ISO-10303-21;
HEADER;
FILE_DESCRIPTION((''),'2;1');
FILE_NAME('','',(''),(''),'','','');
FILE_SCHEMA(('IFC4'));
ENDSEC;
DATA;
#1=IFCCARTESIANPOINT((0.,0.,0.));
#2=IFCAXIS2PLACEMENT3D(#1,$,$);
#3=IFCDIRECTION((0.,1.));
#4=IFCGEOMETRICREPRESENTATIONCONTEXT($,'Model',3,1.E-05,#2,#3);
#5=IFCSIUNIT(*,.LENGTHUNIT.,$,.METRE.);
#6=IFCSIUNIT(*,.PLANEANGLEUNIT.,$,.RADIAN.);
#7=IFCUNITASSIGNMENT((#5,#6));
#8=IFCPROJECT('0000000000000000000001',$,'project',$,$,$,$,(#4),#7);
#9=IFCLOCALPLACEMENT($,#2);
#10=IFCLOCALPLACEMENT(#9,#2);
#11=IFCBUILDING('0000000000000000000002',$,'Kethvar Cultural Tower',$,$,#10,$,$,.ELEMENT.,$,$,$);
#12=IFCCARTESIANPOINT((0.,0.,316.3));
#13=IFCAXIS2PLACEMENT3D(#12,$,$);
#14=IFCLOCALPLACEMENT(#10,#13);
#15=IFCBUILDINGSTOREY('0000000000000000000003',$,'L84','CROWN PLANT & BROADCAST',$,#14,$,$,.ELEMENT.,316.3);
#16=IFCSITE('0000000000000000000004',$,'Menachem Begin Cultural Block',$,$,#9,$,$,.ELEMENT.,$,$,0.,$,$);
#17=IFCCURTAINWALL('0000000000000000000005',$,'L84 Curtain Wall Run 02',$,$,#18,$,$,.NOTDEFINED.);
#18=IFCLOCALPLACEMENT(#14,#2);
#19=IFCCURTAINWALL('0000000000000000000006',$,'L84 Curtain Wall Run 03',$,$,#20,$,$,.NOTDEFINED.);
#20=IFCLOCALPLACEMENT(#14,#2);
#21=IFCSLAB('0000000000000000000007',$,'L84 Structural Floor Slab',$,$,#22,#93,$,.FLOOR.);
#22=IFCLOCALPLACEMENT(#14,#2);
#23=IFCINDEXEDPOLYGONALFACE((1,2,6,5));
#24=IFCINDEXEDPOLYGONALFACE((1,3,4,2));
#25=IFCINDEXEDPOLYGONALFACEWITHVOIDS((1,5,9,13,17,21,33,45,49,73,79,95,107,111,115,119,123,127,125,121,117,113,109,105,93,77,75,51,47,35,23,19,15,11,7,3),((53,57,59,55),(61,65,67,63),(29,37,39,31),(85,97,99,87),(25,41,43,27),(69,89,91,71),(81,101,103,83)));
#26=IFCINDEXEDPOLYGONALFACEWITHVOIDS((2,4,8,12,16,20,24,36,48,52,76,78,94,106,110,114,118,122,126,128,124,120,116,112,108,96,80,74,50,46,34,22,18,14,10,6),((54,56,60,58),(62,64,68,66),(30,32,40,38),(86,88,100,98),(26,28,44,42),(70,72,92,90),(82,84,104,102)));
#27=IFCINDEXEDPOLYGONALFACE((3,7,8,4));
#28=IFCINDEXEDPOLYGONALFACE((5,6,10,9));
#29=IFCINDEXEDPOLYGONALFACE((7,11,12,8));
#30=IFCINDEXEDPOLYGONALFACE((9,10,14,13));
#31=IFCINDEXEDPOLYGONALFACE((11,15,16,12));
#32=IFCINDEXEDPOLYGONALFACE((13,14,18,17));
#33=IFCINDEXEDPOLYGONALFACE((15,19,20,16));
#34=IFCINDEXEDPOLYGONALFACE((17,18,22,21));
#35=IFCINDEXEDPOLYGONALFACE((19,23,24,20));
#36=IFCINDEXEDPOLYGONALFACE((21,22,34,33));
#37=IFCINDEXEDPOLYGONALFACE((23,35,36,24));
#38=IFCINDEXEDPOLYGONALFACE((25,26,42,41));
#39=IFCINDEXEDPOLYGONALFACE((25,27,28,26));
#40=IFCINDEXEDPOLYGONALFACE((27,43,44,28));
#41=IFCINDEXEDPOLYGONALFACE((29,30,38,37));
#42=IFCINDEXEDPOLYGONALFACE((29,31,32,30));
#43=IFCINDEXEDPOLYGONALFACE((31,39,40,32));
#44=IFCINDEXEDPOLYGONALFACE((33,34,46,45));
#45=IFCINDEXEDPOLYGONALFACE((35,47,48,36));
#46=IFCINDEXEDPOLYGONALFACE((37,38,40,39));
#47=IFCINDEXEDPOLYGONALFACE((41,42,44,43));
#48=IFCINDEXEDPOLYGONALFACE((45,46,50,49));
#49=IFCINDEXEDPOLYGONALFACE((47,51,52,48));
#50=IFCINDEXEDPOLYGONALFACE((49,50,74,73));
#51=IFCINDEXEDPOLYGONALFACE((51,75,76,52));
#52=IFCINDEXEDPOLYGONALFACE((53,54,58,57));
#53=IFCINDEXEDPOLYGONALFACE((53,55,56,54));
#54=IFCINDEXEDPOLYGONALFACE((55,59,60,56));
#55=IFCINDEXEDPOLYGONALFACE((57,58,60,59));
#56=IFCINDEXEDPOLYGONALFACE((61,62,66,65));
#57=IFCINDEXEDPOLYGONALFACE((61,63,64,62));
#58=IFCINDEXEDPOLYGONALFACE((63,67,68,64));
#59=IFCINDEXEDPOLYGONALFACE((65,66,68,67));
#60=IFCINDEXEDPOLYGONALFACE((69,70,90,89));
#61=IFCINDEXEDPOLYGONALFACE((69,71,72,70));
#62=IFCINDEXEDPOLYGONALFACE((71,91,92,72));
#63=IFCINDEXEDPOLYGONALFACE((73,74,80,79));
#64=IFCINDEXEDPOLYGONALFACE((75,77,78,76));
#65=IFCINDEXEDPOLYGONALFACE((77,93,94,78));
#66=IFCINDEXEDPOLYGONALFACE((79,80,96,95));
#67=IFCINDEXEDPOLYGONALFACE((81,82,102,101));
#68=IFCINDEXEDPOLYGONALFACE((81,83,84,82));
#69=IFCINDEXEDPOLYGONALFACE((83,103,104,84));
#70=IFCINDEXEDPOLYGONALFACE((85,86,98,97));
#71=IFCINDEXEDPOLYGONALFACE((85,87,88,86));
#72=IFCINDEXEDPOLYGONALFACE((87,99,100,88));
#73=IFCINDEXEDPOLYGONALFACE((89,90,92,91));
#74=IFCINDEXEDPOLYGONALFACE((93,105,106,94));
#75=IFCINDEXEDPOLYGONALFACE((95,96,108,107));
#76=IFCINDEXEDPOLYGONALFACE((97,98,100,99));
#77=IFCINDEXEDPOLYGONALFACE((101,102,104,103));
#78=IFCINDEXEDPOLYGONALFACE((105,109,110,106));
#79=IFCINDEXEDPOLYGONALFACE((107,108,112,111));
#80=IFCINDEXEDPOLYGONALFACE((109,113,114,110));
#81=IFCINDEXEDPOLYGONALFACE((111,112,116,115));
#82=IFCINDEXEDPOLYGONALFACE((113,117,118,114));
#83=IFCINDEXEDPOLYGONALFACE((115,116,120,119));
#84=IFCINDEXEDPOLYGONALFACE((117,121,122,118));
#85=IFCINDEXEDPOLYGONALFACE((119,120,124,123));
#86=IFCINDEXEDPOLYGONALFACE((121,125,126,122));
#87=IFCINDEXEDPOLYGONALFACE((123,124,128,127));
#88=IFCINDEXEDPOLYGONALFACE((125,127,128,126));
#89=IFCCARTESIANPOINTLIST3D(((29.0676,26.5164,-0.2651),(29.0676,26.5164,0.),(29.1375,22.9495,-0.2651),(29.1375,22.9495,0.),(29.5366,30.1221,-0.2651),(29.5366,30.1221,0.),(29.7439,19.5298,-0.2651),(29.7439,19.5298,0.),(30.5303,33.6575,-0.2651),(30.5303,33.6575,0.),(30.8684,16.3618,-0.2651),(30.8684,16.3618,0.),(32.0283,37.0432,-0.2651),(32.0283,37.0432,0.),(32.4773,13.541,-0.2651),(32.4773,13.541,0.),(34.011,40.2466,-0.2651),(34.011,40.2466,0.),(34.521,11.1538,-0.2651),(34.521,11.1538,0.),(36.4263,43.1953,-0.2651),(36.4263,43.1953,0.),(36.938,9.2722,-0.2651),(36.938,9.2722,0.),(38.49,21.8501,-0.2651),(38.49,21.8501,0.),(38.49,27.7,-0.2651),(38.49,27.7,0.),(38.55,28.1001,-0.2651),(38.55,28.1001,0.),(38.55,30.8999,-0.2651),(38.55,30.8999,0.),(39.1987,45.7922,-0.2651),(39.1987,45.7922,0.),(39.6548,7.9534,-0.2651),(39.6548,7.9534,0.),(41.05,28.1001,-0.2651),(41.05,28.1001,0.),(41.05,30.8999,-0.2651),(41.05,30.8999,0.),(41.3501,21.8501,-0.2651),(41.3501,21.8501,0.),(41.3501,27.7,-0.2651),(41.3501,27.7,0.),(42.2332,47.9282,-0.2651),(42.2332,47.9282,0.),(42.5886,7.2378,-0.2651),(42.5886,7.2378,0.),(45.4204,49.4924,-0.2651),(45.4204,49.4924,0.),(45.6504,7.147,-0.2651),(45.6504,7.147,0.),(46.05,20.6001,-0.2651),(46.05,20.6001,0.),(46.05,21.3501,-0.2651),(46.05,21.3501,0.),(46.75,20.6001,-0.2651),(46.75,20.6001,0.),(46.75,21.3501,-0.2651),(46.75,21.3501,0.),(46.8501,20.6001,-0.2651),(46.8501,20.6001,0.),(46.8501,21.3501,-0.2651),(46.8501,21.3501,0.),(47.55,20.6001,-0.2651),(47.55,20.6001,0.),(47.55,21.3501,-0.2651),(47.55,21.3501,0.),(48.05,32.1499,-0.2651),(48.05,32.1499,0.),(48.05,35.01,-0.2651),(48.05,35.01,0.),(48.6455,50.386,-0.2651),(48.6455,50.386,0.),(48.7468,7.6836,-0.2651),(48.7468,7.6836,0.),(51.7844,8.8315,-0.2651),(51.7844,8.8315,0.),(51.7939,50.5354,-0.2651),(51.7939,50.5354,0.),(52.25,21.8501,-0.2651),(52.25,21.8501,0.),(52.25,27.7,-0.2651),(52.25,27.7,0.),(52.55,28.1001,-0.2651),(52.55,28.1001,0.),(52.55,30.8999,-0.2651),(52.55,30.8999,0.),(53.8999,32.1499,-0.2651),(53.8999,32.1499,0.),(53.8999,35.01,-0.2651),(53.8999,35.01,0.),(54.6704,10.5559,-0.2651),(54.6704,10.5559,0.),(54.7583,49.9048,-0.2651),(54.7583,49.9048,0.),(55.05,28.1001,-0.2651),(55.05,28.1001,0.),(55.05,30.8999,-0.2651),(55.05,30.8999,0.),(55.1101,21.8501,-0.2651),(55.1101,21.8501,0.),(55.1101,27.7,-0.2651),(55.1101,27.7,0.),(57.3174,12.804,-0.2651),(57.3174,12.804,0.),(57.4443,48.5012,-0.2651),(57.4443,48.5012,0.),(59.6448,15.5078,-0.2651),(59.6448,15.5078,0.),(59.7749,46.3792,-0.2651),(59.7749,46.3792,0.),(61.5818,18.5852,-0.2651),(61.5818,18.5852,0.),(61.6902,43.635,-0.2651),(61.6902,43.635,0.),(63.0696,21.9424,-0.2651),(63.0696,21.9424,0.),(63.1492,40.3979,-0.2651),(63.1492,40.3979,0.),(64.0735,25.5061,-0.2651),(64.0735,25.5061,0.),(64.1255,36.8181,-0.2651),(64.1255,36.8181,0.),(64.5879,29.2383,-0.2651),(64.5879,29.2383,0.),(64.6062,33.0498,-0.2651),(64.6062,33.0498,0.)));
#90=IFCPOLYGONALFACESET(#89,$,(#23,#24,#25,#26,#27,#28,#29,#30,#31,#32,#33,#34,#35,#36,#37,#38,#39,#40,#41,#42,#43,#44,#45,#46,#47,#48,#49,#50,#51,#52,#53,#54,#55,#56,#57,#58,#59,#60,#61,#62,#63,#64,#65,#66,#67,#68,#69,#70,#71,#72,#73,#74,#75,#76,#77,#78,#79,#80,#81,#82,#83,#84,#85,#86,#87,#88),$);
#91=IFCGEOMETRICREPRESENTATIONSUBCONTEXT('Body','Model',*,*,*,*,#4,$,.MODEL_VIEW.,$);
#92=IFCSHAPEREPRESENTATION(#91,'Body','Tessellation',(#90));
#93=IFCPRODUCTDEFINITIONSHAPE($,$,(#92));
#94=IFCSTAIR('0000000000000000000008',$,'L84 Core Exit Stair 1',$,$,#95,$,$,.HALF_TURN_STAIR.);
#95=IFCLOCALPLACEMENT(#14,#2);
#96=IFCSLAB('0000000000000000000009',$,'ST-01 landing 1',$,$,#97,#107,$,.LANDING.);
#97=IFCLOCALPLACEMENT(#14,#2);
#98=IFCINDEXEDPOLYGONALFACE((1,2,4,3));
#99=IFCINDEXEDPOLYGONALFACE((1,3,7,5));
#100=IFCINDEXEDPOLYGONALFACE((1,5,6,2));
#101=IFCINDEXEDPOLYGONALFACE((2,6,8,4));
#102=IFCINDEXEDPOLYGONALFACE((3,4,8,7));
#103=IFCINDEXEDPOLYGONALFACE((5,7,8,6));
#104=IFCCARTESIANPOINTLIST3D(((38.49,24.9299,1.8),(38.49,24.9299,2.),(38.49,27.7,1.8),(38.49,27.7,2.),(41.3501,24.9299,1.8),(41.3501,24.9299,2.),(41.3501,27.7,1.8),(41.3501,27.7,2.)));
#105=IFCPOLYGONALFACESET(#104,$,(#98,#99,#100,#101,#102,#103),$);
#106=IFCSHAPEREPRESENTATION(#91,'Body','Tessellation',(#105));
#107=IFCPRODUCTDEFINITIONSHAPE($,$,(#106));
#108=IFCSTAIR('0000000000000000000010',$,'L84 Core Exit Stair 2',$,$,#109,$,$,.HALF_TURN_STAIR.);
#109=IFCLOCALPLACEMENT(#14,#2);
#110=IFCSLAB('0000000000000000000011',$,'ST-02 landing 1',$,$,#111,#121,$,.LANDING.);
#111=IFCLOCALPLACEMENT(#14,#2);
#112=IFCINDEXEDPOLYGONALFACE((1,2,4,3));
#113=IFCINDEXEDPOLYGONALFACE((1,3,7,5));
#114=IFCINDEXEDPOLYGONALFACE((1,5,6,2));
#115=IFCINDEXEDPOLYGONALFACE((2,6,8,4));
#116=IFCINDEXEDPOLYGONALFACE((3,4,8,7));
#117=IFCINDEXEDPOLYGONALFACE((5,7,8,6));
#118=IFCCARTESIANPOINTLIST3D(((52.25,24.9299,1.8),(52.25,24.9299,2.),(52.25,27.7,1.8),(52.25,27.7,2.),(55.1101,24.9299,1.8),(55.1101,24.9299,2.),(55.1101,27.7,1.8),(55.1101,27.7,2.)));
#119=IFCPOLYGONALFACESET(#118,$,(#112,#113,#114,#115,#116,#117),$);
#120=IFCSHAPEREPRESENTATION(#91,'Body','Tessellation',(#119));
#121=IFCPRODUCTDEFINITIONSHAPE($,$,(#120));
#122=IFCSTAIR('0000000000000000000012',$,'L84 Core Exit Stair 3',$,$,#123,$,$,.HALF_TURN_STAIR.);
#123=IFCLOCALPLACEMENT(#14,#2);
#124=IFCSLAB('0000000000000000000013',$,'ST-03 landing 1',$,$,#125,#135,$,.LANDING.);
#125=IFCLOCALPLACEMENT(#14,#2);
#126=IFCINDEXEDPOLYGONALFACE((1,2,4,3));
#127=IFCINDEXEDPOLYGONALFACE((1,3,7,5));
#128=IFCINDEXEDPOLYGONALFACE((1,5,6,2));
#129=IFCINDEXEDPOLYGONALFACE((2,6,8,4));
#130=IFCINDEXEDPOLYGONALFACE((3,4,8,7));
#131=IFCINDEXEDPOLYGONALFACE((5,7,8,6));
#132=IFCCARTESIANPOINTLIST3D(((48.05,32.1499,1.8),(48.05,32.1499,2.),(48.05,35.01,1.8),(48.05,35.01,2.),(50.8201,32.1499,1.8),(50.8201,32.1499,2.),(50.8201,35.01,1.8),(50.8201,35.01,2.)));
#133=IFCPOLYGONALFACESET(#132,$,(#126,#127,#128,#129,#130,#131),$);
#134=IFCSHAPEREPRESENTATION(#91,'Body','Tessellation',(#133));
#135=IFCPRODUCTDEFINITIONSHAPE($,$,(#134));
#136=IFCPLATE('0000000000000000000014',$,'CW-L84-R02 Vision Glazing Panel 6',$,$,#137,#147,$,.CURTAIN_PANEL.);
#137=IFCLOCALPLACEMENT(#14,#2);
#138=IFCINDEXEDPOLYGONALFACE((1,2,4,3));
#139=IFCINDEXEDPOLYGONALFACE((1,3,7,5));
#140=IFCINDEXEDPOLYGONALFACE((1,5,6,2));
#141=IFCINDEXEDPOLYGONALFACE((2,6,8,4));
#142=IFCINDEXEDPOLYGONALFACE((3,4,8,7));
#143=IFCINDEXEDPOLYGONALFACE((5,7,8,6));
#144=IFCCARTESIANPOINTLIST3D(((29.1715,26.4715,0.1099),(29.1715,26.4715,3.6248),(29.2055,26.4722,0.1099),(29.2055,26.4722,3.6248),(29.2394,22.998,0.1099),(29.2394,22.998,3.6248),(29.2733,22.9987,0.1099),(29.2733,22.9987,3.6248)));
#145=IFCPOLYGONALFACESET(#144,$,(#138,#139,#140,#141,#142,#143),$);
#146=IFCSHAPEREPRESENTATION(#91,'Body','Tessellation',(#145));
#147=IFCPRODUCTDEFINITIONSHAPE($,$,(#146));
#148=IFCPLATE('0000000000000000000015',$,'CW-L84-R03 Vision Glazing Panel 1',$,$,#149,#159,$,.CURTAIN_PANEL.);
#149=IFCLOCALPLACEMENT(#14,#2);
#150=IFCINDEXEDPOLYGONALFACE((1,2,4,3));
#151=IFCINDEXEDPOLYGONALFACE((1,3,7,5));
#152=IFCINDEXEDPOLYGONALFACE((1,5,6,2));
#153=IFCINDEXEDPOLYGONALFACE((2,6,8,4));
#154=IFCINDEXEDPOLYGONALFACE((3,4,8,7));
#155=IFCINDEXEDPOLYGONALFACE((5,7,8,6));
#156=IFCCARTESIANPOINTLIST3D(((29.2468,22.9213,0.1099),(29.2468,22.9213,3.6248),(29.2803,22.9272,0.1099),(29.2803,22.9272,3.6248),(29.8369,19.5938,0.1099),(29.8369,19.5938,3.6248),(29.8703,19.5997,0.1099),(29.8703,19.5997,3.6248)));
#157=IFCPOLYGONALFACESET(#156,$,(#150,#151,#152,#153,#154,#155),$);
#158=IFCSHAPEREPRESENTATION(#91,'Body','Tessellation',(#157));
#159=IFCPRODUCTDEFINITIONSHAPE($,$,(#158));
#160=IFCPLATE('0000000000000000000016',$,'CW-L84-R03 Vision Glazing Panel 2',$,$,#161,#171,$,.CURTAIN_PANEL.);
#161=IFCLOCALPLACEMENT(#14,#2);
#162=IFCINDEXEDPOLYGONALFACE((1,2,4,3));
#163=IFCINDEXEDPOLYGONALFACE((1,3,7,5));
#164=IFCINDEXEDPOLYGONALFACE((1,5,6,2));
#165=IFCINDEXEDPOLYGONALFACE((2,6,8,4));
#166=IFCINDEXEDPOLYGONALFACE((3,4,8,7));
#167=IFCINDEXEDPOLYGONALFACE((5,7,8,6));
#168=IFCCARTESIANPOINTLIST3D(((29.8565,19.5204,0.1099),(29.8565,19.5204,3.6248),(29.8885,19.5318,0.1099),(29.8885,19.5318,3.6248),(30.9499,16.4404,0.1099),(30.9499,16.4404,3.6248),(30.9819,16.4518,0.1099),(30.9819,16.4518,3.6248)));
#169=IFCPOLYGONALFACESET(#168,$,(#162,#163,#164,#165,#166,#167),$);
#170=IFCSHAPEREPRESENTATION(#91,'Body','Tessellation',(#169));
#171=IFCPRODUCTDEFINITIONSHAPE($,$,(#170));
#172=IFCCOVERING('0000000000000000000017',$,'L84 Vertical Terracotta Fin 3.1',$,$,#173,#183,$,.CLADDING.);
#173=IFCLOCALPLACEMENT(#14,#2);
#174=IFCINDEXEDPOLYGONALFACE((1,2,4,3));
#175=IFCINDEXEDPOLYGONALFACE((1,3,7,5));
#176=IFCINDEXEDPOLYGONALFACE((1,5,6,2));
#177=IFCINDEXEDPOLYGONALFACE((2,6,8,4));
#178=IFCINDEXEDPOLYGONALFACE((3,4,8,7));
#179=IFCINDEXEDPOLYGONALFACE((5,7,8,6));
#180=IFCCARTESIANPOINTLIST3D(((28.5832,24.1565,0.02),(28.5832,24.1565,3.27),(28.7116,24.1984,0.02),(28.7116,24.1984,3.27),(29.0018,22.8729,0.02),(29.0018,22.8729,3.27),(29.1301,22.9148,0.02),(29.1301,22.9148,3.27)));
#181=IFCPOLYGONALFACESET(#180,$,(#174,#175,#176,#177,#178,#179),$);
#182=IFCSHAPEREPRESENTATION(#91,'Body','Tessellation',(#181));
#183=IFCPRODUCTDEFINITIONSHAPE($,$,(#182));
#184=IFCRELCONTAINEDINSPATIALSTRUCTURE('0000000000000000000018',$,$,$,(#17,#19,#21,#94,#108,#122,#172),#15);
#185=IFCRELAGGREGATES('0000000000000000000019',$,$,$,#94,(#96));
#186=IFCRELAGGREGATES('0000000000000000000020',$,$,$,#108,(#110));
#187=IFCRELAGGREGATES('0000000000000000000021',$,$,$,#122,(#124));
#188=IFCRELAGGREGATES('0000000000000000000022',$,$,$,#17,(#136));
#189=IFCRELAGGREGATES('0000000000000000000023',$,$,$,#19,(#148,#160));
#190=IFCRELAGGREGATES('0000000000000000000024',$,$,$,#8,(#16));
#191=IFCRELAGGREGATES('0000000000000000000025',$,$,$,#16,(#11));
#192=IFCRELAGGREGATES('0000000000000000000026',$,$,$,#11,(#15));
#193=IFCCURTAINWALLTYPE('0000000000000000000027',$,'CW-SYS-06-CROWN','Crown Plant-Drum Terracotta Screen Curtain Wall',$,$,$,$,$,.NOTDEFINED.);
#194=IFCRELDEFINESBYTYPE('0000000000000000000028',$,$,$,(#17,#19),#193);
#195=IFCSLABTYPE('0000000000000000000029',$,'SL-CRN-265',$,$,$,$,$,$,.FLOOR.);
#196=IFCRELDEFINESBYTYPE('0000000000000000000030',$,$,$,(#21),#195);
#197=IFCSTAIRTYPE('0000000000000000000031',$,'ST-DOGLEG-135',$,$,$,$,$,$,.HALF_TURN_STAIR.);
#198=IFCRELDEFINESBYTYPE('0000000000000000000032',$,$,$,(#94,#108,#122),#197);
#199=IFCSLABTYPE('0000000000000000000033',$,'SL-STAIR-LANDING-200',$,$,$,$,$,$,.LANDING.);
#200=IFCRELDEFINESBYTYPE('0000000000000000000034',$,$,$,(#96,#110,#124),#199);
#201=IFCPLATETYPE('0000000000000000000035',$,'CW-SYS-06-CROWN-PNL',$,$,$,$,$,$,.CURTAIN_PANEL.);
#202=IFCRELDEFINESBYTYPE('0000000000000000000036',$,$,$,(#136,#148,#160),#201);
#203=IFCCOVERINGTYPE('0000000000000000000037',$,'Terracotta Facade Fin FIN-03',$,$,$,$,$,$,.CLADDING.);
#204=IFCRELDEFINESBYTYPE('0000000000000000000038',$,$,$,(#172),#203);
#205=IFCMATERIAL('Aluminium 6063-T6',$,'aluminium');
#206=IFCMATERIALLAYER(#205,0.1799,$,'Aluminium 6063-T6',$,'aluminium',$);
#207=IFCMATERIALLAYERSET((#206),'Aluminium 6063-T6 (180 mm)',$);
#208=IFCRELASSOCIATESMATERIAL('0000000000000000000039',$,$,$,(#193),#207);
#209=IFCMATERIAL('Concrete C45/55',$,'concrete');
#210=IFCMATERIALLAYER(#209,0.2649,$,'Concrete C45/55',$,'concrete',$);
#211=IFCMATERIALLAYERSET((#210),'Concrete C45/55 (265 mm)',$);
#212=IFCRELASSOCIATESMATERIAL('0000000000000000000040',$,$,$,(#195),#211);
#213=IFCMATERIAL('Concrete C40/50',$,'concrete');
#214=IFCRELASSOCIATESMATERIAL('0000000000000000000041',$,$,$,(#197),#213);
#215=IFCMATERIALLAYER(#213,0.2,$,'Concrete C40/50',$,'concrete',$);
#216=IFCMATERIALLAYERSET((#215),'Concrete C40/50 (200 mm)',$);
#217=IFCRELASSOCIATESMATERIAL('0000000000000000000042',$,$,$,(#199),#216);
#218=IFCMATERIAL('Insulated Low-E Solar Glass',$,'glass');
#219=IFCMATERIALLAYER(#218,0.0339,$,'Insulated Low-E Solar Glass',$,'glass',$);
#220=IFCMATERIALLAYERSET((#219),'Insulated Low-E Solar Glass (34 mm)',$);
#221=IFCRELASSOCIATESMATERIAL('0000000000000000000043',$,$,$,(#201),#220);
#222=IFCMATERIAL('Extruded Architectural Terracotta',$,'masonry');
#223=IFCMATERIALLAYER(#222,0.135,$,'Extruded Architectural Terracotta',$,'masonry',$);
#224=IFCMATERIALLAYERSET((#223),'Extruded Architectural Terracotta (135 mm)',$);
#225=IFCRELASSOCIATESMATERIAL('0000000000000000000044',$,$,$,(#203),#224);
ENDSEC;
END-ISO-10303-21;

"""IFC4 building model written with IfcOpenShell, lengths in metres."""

from ifc_helpers import new_model, si_unit, direction, frame, origin, origin_2d, place, context, subcontext, project, spatial, polyline, rectangle, outline, extrude, source, transform, mapped, material, layer, layer_set, type_object, element, aggregate, save


model = new_model("IFC4")

# Units and contexts
model_context = context("Model", 3, precision=1e-05, world=origin(), true_north=direction((0.0, 1.0)))
body_context = subcontext(model_context, "Body", "Model", "MODEL_VIEW")
ifc_project = project(units=[si_unit("LENGTHUNIT", "METRE"), si_unit("PLANEANGLEUNIT", "RADIAN")], contexts=[model_context])

# Site, building, storey
site_placement = place(None, origin())
site = spatial("IfcSite", under=ifc_project, at=site_placement, Name="Menachem Begin Cultural Block", CompositionType="ELEMENT", RefElevation=0.0)
building_placement = place(site_placement, origin())
building = spatial("IfcBuilding", under=site, at=building_placement, Name="Kethvar Cultural Tower", CompositionType="ELEMENT")
storey_placement = place(building_placement, frame((0.0, 0.0, 316.3)))
storey = spatial("IfcBuildingStorey", under=building, at=storey_placement, Name="L84", Description="CROWN PLANT & BROADCAST", CompositionType="ELEMENT", Elevation=316.3)

# Curtain wall
ifc_material_1 = material(Name="Aluminium 6063-T6", Category="aluminium")
ifc_layer_1 = layer(ifc_material_1, 0.1799, Name="Aluminium 6063-T6", Category="aluminium")
ifc_layer_set_1 = layer_set([ifc_layer_1], Name="Aluminium 6063-T6 (180 mm)")
curtain_wall_type = type_object("IfcCurtainWallType", Name="CW-SYS-06-CROWN", Description="Crown Plant-Drum Terracotta Screen Curtain Wall", PredefinedType="NOTDEFINED", material=ifc_layer_set_1)
curtain_wall_1_placement = place(storey_placement, origin())
curtain_wall_1 = element("IfcCurtainWall", 1, at=curtain_wall_1_placement, inside=storey, type_object=curtain_wall_type, Name="L84 Curtain Wall Run 02", PredefinedType="NOTDEFINED")

# Curtain wall
curtain_wall_2_placement = place(storey_placement, origin())
curtain_wall_2 = element("IfcCurtainWall", 2, at=curtain_wall_2_placement, inside=storey, type_object=curtain_wall_type, Name="L84 Curtain Wall Run 03", PredefinedType="NOTDEFINED")

# Slab
ifc_material_2 = material(Name="Concrete C45/55", Category="concrete")
ifc_layer_2 = layer(ifc_material_2, 0.2649, Name="Concrete C45/55", Category="concrete")
ifc_layer_set_2 = layer_set([ifc_layer_2], Name="Concrete C45/55 (265 mm)")
slab_type_1 = type_object("IfcSlabType", Name="SL-CRN-265", PredefinedType="FLOOR", material=ifc_layer_set_2)
slab_1_placement = place(storey_placement, frame((0.0, 0.0, -0.2651)))
element("IfcSlab", 3, at=slab_1_placement, inside=storey, type_object=slab_type_1, Name="L84 Structural Floor Slab", PredefinedType="FLOOR", context=body_context, shape_type="SweptSolid", body=[
    extrude(outline(polyline([(54.7583, 49.9048), (51.7939, 50.5354), (48.6455, 50.386), (45.4204, 49.4924), (42.2332, 47.9282), (39.1987, 45.7922), (36.4263, 43.1953), (34.011, 40.2466), (32.0283, 37.0432), (30.5303, 33.6575), (29.5366, 30.1221), (29.0676, 26.5164), (29.1375, 22.9495), (29.7439, 19.5298), (30.8684, 16.3618), (32.4773, 13.541), (34.521, 11.1538), (36.938, 9.2722), (39.6548, 7.9534), (42.5886, 7.2378), (45.6504, 7.147), (48.7468, 7.6836), (51.7844, 8.8315), (54.6704, 10.5559), (57.3174, 12.804), (59.6448, 15.5078), (61.5818, 18.5852), (63.0696, 21.9424), (64.0735, 25.5061), (64.5879, 29.2383), (64.6062, 33.0498), (64.1255, 36.8181), (63.1492, 40.3979), (61.6902, 43.635), (59.7749, 46.3792), (57.4443, 48.5012), (54.7583, 49.9048)]), holes=[polyline([(38.49, 21.8501), (38.49, 27.7), (41.3501, 27.7), (41.3501, 21.8501), (38.49, 21.8501)]), polyline([(52.25, 21.8501), (52.25, 27.7), (55.1101, 27.7), (55.1101, 21.8501), (52.25, 21.8501)]), polyline([(53.8999, 32.1499), (48.05, 32.1499), (48.05, 35.01), (53.8999, 35.01), (53.8999, 32.1499)]), polyline([(38.55, 30.8999), (41.05, 30.8999), (41.05, 28.1001), (38.55, 28.1001), (38.55, 30.8999)]), polyline([(52.55, 30.8999), (55.05, 30.8999), (55.05, 28.1001), (52.55, 28.1001), (52.55, 30.8999)]), polyline([(46.05, 21.3501), (46.75, 21.3501), (46.75, 20.6001), (46.05, 20.6001), (46.05, 21.3501)]), polyline([(46.8501, 21.3501), (47.55, 21.3501), (47.55, 20.6001), (46.8501, 20.6001), (46.8501, 21.3501)])]), origin(), (0.0, 0.0, 1.0), 0.2651),
])

# Stairs, slabs
ifc_material_3 = material(Name="Concrete C40/50", Category="concrete")
stair_type = type_object("IfcStairType", Name="ST-DOGLEG-135", PredefinedType="HALF_TURN_STAIR", material=ifc_material_3)
stair_1_placement = place(storey_placement, origin())
stair_1 = element("IfcStair", 4, at=stair_1_placement, inside=storey, type_object=stair_type, Name="L84 Core Exit Stair 1", PredefinedType="HALF_TURN_STAIR")
ifc_layer_3 = layer(ifc_material_3, 0.2, Name="Concrete C40/50", Category="concrete")
ifc_layer_set_3 = layer_set([ifc_layer_3], Name="Concrete C40/50 (200 mm)")
slab_type_2 = type_object("IfcSlabType", Name="SL-STAIR-LANDING-200", PredefinedType="LANDING", material=ifc_layer_set_3)
slab_2_placement = place(storey_placement, frame((0.0, 0.0, 1.8)))
slab_2 = element("IfcSlab", 5, at=slab_2_placement, type_object=slab_type_2, Name="ST-01 landing 1", PredefinedType="LANDING", context=body_context, shape_type="SweptSolid", body=[
    extrude(outline(polyline([(41.3501, 24.9299), (41.3501, 27.7), (38.49, 27.7), (38.49, 24.9299), (41.3501, 24.9299)])), origin(), (0.0, 0.0, 1.0), 0.2),
])
aggregate(stair_1, [slab_2])
stair_2_placement = place(storey_placement, origin())
stair_2 = element("IfcStair", 6, at=stair_2_placement, inside=storey, type_object=stair_type, Name="L84 Core Exit Stair 2", PredefinedType="HALF_TURN_STAIR")
slab_3_placement = place(storey_placement, frame((0.0, 0.0, 1.8)))
slab_3 = element("IfcSlab", 7, at=slab_3_placement, type_object=slab_type_2, Name="ST-02 landing 1", PredefinedType="LANDING", context=body_context, shape_type="SweptSolid", body=[
    extrude(outline(polyline([(55.1101, 24.9299), (55.1101, 27.7), (52.25, 27.7), (52.25, 24.9299), (55.1101, 24.9299)])), origin(), (0.0, 0.0, 1.0), 0.2),
])
aggregate(stair_2, [slab_3])
stair_3_placement = place(storey_placement, origin())
stair_3 = element("IfcStair", 8, at=stair_3_placement, inside=storey, type_object=stair_type, Name="L84 Core Exit Stair 3", PredefinedType="HALF_TURN_STAIR")
slab_4_placement = place(storey_placement, frame((0.0, 0.0, 1.8)))
slab_4 = element("IfcSlab", 9, at=slab_4_placement, type_object=slab_type_2, Name="ST-03 landing 1", PredefinedType="LANDING", context=body_context, shape_type="SweptSolid", body=[
    extrude(outline(polyline([(50.8201, 35.01), (48.05, 35.01), (48.05, 32.1499), (50.8201, 32.1499), (50.8201, 35.01)])), origin(), (0.0, 0.0, 1.0), 0.2),
])
aggregate(stair_3, [slab_4])

# Plates
ifc_material_4 = material(Name="Insulated Low-E Solar Glass", Category="glass")
ifc_layer_4 = layer(ifc_material_4, 0.0339, Name="Insulated Low-E Solar Glass", Category="glass")
ifc_layer_set_4 = layer_set([ifc_layer_4], Name="Insulated Low-E Solar Glass (34 mm)")
plate_type = type_object("IfcPlateType", Name="CW-SYS-06-CROWN-PNL", PredefinedType="CURTAIN_PANEL", material=ifc_layer_set_4)
shared_shape_1 = source(origin(), body_context, "Body", "SweptSolid", [
    extrude(rectangle(XDim=3.4741, YDim=0.0339, at=origin_2d()), origin(), (0.0, 0.0, 1.0), 3.5149),
])
plate_1_placement = place(storey_placement, frame((29.2224, 24.7351, 0.1099), z_axis=(0.0, 0.0, 1.0), x_axis=(0.019529, -0.999809, 0.0)))
plate_1 = element("IfcPlate", 10, at=plate_1_placement, type_object=plate_type, Name="CW-L84-R02 Vision Glazing Panel 6", PredefinedType="CURTAIN_PANEL", context=body_context, shape_type="MappedRepresentation", body=[
    mapped(shared_shape_1, transform((0.0, 0.0, 0.0), scale=1.0)),
])
aggregate(curtain_wall_1, [plate_1])
shared_shape_2 = source(origin(), body_context, "Body", "SweptSolid", [
    extrude(rectangle(XDim=3.3794, YDim=0.0339, at=origin_2d()), origin(), (0.0, 0.0, 1.0), 3.5149),
])
plate_2_placement = place(storey_placement, frame((29.5586, 21.2605, 0.1099), z_axis=(0.0, 0.0, 1.0), x_axis=(0.174611, -0.984638, 0.0)))
plate_2 = element("IfcPlate", 11, at=plate_2_placement, type_object=plate_type, Name="CW-L84-R03 Vision Glazing Panel 1", PredefinedType="CURTAIN_PANEL", context=body_context, shape_type="MappedRepresentation", body=[
    mapped(shared_shape_2, transform((0.0, 0.0, 0.0), scale=1.0)),
])
shared_shape_3 = source(origin(), body_context, "Body", "SweptSolid", [
    extrude(rectangle(XDim=3.2683, YDim=0.0339, at=origin_2d()), origin(), (0.0, 0.0, 1.0), 3.5149),
])
plate_3_placement = place(storey_placement, frame((30.4192, 17.9861, 0.1099), z_axis=(0.0, 0.0, 1.0), x_axis=(0.334547, -0.942379, 0.0)))
plate_3 = element("IfcPlate", 12, at=plate_3_placement, type_object=plate_type, Name="CW-L84-R03 Vision Glazing Panel 2", PredefinedType="CURTAIN_PANEL", context=body_context, shape_type="MappedRepresentation", body=[
    mapped(shared_shape_3, transform((0.0, 0.0, 0.0), scale=1.0)),
])
aggregate(curtain_wall_2, [plate_2, plate_3])

# Covering
ifc_material_5 = material(Name="Extruded Architectural Terracotta", Category="masonry")
ifc_layer_5 = layer(ifc_material_5, 0.135, Name="Extruded Architectural Terracotta", Category="masonry")
ifc_layer_set_5 = layer_set([ifc_layer_5], Name="Extruded Architectural Terracotta (135 mm)")
covering_type = type_object("IfcCoveringType", Name="Terracotta Facade Fin FIN-03", PredefinedType="CLADDING", material=ifc_layer_set_5)
shared_shape_4 = source(origin(), body_context, "Body", "SweptSolid", [
    extrude(rectangle(XDim=1.3501, YDim=0.135, at=origin_2d()), origin(), (0.0, 0.0, 1.0), 3.25),
])
for number, where, z_axis, x_axis, name in (
    (13, (28.8567, 23.5356, 0.02), (0.0, 0.0, 1.0), (-0.310013, 0.950732, 0.0), "L84 Vertical Terracotta Fin 3.1"),
):
    element("IfcCovering", number, at=place(storey_placement, frame(where, z_axis=z_axis, x_axis=x_axis)), inside=storey, type_object=covering_type, Name=name, PredefinedType="CLADDING", context=body_context, shape_type="MappedRepresentation", body=[
        mapped(shared_shape_4, transform((0.0, 0.0, 0.0), scale=1.0)),
    ])

save(model, "model.ifc")
